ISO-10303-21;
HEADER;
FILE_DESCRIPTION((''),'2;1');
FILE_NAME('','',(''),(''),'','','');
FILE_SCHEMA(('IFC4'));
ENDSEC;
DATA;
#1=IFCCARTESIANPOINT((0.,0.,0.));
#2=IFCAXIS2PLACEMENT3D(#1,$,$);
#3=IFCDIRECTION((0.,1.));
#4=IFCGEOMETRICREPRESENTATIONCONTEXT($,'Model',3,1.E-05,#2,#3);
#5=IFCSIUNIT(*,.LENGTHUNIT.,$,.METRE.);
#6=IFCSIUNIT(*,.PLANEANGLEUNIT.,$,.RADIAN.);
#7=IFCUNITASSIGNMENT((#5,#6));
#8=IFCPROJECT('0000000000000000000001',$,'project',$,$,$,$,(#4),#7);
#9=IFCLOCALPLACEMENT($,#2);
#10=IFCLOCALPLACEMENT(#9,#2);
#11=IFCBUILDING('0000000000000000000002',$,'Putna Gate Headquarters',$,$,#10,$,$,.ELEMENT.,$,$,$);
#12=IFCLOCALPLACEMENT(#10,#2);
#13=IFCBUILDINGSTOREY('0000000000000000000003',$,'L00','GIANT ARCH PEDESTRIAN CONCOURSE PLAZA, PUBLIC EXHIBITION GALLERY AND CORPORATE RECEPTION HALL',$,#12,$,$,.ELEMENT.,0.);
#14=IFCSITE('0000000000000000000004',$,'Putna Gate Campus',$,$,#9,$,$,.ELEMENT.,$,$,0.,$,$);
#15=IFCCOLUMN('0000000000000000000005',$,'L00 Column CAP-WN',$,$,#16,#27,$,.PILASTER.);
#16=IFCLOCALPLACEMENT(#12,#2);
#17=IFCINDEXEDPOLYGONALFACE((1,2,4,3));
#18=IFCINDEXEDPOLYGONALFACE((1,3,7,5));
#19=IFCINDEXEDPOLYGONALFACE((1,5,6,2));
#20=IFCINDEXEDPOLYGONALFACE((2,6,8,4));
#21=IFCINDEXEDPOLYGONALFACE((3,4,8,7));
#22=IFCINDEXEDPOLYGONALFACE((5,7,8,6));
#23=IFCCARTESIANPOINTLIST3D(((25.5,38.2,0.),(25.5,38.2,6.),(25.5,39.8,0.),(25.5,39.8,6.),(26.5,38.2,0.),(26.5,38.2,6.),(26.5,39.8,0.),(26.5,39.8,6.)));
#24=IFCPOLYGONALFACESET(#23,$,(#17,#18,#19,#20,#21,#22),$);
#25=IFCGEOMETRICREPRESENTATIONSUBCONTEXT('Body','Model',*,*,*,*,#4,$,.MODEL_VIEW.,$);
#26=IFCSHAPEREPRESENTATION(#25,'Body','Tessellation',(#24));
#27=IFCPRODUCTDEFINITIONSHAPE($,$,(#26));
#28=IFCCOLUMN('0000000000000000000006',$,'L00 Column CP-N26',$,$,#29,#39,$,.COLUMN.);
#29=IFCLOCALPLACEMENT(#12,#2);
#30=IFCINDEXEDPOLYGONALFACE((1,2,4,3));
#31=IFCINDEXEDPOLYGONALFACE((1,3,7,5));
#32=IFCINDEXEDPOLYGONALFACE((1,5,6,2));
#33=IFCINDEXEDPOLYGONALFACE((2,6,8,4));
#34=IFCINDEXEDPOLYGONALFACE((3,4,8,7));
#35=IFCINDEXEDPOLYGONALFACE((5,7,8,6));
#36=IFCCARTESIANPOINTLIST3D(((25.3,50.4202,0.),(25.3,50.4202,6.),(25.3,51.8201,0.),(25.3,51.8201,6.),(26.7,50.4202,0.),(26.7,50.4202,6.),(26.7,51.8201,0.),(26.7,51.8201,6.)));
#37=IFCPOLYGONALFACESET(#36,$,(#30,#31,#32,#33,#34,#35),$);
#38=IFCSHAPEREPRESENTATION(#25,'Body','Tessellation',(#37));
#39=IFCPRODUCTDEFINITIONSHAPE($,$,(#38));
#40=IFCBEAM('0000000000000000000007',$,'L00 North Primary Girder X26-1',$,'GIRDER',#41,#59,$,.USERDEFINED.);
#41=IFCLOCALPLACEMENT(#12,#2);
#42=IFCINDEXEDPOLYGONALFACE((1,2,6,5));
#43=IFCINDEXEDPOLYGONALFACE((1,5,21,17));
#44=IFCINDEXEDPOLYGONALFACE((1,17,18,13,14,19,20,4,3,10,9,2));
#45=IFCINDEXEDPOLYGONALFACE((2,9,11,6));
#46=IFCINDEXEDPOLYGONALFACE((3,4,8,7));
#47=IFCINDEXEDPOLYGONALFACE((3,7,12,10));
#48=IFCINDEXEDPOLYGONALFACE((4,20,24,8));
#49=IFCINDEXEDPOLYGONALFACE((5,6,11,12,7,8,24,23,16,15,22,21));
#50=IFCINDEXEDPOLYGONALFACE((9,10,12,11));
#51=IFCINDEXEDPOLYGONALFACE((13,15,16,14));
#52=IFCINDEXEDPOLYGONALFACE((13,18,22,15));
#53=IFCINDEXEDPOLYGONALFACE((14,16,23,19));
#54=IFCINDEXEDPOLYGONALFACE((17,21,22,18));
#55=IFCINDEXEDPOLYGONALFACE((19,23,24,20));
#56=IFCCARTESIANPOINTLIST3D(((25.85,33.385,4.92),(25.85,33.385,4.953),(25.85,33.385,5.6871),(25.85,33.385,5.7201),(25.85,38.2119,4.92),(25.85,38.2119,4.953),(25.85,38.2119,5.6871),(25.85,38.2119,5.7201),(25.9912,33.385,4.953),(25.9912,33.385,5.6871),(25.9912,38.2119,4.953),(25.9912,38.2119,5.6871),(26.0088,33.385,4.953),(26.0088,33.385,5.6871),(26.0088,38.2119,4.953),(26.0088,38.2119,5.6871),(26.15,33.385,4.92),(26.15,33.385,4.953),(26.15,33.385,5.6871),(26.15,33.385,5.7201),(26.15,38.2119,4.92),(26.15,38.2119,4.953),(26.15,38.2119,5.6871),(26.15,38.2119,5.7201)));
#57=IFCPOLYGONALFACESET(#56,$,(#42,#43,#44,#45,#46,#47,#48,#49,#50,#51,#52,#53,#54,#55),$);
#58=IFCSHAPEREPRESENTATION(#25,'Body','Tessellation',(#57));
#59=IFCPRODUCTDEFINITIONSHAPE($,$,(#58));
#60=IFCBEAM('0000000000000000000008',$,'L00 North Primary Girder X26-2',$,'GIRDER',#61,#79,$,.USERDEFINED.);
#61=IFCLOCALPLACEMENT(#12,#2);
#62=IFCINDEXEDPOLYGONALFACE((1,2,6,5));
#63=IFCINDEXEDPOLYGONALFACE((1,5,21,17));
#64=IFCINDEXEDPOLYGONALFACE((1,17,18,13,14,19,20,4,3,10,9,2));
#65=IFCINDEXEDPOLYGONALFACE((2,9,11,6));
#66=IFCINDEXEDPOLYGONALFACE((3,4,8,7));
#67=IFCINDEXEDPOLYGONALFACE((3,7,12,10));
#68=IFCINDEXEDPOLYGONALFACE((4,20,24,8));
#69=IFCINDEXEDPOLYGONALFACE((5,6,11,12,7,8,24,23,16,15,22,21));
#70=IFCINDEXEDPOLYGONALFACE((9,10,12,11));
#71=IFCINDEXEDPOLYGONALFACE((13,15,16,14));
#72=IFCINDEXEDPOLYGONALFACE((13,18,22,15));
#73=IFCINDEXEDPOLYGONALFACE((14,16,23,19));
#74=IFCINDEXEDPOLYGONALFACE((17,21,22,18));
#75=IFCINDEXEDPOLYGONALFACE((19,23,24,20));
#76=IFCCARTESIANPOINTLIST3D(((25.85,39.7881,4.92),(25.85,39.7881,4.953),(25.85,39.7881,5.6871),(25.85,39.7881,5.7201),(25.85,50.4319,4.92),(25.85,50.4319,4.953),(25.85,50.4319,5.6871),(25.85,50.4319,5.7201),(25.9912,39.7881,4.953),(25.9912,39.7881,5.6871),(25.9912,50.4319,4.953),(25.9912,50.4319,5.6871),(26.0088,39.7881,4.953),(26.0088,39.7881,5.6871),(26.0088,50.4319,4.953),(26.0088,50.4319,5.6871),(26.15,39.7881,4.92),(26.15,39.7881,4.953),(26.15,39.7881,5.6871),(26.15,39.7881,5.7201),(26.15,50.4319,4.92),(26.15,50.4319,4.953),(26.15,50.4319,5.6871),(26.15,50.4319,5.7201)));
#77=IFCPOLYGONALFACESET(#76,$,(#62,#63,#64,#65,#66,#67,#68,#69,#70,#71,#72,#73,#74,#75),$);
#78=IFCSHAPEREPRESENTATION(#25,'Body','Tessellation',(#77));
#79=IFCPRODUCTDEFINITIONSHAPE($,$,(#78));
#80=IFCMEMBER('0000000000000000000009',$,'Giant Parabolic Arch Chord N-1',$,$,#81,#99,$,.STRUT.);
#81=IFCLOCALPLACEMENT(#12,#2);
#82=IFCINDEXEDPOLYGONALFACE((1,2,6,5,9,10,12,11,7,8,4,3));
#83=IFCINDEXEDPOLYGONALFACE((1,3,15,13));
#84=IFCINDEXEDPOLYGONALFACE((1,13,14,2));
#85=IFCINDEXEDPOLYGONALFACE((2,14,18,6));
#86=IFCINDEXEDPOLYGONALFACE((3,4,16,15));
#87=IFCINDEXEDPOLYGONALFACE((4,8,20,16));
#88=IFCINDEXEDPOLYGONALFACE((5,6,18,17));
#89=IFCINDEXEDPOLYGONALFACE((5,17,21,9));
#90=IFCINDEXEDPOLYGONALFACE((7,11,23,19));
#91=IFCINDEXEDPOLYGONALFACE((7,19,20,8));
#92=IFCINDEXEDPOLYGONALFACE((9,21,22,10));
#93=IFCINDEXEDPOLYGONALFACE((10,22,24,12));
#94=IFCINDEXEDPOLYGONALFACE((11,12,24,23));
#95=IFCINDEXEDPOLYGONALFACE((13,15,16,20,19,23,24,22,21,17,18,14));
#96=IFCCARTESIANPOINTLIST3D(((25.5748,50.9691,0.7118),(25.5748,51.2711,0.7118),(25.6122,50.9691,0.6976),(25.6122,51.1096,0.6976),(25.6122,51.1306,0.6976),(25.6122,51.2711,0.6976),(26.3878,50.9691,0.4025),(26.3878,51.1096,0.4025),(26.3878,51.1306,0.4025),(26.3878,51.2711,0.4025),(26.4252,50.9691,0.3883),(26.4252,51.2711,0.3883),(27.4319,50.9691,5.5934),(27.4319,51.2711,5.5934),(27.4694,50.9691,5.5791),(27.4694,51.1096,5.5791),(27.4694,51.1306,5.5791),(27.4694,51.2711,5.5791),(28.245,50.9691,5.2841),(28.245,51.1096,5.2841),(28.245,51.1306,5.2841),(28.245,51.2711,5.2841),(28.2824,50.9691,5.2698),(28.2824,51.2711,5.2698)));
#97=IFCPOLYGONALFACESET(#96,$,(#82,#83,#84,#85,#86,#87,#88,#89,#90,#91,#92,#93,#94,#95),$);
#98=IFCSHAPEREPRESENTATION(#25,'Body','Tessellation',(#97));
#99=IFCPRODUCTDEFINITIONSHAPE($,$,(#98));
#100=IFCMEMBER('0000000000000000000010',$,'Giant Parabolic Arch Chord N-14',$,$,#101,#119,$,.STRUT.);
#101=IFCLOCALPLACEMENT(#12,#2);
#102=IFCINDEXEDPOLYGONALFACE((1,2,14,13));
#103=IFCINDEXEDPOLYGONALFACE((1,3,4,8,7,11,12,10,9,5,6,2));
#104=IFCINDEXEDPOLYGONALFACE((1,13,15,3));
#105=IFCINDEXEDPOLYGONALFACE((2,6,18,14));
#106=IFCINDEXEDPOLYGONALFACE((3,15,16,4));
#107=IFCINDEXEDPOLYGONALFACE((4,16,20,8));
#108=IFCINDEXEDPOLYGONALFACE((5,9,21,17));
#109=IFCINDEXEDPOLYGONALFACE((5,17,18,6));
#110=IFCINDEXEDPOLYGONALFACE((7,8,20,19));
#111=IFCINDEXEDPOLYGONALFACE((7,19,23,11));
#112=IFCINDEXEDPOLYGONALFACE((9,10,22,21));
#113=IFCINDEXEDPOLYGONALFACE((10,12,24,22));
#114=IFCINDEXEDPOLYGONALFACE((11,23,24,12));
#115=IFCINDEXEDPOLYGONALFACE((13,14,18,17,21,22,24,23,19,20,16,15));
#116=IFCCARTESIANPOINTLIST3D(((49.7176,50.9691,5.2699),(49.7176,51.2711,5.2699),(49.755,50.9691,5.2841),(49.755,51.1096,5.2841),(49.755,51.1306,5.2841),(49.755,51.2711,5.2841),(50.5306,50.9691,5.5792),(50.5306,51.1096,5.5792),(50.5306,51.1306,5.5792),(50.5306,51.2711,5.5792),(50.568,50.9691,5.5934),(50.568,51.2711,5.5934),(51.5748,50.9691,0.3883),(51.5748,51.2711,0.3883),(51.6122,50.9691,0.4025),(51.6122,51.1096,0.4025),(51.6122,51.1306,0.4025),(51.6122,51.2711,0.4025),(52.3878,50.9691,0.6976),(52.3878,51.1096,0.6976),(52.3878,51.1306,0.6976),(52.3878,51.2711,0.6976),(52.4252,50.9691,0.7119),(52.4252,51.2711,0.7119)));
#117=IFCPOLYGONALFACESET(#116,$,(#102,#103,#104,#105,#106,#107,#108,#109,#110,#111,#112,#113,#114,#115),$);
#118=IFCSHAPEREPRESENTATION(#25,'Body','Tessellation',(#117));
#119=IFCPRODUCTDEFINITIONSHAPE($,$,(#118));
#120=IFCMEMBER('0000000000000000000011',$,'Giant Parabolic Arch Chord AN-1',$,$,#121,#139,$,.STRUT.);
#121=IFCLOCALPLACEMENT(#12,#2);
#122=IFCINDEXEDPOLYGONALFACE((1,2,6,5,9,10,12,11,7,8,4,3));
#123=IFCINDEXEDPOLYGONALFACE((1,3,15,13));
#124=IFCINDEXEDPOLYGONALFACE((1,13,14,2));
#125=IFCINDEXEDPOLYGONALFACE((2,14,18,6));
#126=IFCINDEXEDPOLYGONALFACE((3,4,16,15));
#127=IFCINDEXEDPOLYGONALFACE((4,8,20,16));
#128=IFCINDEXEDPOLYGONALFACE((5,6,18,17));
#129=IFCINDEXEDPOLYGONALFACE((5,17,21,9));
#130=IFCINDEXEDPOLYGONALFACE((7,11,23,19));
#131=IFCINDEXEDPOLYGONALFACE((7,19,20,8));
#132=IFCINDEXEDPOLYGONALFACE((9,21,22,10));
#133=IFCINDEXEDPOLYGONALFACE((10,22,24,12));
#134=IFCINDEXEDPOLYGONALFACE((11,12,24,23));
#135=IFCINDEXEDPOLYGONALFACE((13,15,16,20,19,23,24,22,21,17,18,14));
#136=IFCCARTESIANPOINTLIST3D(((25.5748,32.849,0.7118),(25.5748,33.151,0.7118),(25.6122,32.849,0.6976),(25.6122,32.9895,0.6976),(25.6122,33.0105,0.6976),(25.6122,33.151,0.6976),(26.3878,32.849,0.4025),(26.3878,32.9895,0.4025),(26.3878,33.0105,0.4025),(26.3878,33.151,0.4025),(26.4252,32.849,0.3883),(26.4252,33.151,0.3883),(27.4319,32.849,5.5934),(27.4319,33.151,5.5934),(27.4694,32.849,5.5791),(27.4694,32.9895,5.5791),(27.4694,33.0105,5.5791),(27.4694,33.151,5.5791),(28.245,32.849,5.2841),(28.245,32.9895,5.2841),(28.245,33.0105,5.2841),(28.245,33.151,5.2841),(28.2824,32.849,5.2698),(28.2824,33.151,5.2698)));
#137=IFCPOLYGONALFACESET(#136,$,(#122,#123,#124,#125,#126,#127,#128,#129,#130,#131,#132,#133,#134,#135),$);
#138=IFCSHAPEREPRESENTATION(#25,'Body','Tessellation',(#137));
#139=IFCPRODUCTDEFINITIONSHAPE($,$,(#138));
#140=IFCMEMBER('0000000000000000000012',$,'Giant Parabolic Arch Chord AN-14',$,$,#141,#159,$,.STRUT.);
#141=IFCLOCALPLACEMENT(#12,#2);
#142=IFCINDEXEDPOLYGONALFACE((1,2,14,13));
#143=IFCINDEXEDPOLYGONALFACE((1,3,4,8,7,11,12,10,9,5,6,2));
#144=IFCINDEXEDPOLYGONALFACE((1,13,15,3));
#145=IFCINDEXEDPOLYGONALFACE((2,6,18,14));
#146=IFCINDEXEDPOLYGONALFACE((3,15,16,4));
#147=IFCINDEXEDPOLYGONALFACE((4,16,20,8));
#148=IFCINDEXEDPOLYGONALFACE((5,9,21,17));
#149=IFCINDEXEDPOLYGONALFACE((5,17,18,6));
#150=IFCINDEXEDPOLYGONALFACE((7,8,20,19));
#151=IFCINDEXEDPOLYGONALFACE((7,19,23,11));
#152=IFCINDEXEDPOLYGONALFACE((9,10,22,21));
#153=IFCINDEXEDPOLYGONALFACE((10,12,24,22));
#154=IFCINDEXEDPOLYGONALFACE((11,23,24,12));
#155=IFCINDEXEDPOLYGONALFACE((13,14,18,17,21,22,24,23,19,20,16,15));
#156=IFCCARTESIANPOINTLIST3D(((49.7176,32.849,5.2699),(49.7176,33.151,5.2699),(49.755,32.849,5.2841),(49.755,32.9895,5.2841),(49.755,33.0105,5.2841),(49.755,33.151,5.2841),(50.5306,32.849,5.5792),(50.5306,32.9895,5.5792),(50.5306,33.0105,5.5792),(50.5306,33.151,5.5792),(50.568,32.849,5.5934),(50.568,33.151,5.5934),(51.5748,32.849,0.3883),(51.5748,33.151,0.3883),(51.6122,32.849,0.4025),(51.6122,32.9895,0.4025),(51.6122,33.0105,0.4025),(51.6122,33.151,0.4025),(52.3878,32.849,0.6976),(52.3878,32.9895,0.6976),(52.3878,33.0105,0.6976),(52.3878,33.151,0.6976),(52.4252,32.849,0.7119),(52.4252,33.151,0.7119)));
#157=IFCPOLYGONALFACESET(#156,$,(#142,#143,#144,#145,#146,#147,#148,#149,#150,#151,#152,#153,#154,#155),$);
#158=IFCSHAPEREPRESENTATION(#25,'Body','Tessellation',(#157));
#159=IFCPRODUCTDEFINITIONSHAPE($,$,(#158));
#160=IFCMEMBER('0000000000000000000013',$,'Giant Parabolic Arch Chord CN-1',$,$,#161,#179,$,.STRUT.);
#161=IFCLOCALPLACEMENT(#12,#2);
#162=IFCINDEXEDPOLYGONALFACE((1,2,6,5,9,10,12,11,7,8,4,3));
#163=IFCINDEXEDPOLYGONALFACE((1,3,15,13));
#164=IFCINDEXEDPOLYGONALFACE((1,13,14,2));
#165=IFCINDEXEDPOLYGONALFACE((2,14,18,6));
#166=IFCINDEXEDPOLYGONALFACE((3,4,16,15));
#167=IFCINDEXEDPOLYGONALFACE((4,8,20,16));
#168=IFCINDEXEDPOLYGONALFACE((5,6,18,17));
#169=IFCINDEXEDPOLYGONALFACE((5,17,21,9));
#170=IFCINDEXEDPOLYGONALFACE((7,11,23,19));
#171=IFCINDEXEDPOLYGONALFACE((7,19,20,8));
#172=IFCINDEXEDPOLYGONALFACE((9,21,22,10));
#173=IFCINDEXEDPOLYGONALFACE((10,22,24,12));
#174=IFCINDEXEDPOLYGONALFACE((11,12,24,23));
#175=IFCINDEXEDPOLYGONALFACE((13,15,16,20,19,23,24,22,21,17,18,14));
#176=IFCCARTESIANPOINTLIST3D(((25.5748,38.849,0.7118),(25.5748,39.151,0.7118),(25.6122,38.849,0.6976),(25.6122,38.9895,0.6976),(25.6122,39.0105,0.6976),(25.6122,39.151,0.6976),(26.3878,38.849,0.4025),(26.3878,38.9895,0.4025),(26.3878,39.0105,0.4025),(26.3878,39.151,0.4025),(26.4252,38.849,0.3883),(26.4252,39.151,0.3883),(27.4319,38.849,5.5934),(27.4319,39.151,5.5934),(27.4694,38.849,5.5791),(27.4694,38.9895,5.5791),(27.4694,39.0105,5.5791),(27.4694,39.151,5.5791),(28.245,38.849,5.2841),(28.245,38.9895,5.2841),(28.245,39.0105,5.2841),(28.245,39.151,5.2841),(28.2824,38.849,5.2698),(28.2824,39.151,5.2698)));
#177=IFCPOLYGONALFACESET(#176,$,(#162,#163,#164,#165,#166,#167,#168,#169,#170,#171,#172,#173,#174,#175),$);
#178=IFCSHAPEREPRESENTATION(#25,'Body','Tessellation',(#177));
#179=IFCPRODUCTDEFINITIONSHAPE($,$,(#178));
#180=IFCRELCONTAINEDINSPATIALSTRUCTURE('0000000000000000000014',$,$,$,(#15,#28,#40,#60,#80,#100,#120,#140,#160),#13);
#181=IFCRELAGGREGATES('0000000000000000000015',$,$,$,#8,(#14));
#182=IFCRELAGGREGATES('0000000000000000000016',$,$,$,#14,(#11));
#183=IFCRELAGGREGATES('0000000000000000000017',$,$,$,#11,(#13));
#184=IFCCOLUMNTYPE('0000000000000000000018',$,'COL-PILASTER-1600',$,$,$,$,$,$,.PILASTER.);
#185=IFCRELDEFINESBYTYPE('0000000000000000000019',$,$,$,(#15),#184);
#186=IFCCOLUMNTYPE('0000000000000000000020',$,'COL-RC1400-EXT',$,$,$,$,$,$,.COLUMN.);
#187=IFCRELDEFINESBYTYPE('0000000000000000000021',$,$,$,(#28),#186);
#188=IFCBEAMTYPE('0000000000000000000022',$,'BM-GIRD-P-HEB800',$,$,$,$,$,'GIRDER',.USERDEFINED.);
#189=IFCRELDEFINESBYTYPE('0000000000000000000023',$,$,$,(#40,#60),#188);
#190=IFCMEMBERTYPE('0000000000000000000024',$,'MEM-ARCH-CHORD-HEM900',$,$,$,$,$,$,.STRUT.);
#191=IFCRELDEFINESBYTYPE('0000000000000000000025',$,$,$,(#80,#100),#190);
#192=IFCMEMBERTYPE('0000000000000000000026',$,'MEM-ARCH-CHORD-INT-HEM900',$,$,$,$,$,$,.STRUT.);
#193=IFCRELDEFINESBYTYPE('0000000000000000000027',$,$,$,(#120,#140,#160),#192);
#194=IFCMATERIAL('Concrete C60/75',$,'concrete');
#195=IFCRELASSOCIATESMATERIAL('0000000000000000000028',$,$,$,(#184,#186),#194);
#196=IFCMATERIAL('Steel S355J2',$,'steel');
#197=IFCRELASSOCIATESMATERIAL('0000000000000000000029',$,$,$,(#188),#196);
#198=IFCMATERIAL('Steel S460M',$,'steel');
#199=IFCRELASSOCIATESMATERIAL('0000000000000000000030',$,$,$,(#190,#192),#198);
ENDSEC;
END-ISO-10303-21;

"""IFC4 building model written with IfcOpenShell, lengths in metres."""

from ifc_helpers import new_model, si_unit, direction, frame, origin, origin_2d, place, context, subcontext, project, spatial, rectangle, i_section, extrude, material, material_profile, profile_set, type_object, element, save


model = new_model("IFC4")

# Units and contexts
model_context = context("Model", 3, precision=1e-05, world=origin(), true_north=direction((0.0, 1.0)))
body_context = subcontext(model_context, "Body", "Model", "MODEL_VIEW")
ifc_project = project(units=[si_unit("LENGTHUNIT", "METRE"), si_unit("PLANEANGLEUNIT", "RADIAN")], contexts=[model_context])

# Site, building, storey
site_placement = place(None, origin())
site = spatial("IfcSite", under=ifc_project, at=site_placement, Name="Putna Gate Campus", CompositionType="ELEMENT", RefElevation=0.0)
building_placement = place(site_placement, origin())
building = spatial("IfcBuilding", under=site, at=building_placement, Name="Putna Gate Headquarters", CompositionType="ELEMENT")
storey_placement = place(building_placement, origin())
storey = spatial("IfcBuildingStorey", under=building, at=storey_placement, Name="L00", Description="GIANT ARCH PEDESTRIAN CONCOURSE PLAZA, PUBLIC EXHIBITION GALLERY AND CORPORATE RECEPTION HALL", CompositionType="ELEMENT", Elevation=0.0)

# Columns
ifc_material_1 = material(Name="Concrete C60/75", Category="concrete")
ifc_material_profile_1 = material_profile(ifc_material_1, rectangle(XDim=1.0, YDim=1.6001, at=origin_2d()), Name="Concrete C60/75")
ifc_profile_set_1 = profile_set([ifc_material_profile_1], Name="Concrete C60/75")
column_type_1 = type_object("IfcColumnType", Name="COL-PILASTER-1600", PredefinedType="PILASTER", material=ifc_profile_set_1)
column_1_placement = place(storey_placement, frame((26.0, 39.0, 0.0), z_axis=(0.0, 0.0, 1.0), x_axis=(1.0, 0.0, 0.0)))
element("IfcColumn", 1, at=column_1_placement, inside=storey, type_object=column_type_1, Name="L00 Column CAP-WN", PredefinedType="PILASTER", context=body_context, shape_type="SweptSolid", body=[
    extrude(rectangle(XDim=1.0, YDim=1.6001, at=origin_2d()), origin(), (0.0, 0.0, 1.0), 6.0),
])
ifc_material_profile_2 = material_profile(ifc_material_1, rectangle(XDim=1.3999, YDim=1.3999, at=origin_2d()), Name="Concrete C60/75")
ifc_profile_set_2 = profile_set([ifc_material_profile_2], Name="Concrete C60/75")
column_type_2 = type_object("IfcColumnType", Name="COL-RC1400-EXT", PredefinedType="COLUMN", material=ifc_profile_set_2)
column_2_placement = place(storey_placement, frame((26.0, 51.1201, 0.0), z_axis=(0.0, 0.0, 1.0), x_axis=(1.0, 0.0, 0.0)))
element("IfcColumn", 2, at=column_2_placement, inside=storey, type_object=column_type_2, Name="L00 Column CP-N26", PredefinedType="COLUMN", context=body_context, shape_type="SweptSolid", body=[
    extrude(rectangle(XDim=1.3999, YDim=1.3999, at=origin_2d()), origin(), (0.0, 0.0, 1.0), 6.0),
])

# Beams
ifc_material_2 = material(Name="Steel S355J2", Category="steel")
ifc_material_profile_3 = material_profile(ifc_material_2, i_section(OverallWidth=0.3, OverallDepth=0.8, WebThickness=0.0176, FlangeThickness=0.033, at=origin_2d()), Name="Steel S355J2")
ifc_profile_set_3 = profile_set([ifc_material_profile_3], Name="Steel S355J2")
beam_type = type_object("IfcBeamType", Name="BM-GIRD-P-HEB800", ElementType="GIRDER", PredefinedType="USERDEFINED", material=ifc_profile_set_3)
beam_1_placement = place(storey_placement, frame((26.0, 33.385, 5.3201), z_axis=(0.0, 1.0, 0.0), x_axis=(-1.0, 0.0, 0.0)))
element("IfcBeam", 3, at=beam_1_placement, inside=storey, type_object=beam_type, Name="L00 North Primary Girder X26-1", ObjectType="GIRDER", PredefinedType="USERDEFINED", context=body_context, shape_type="SweptSolid", body=[
    extrude(i_section(OverallWidth=0.3, OverallDepth=0.8, WebThickness=0.0176, FlangeThickness=0.033, at=origin_2d()), origin(), (0.0, 0.0, 1.0), 4.8269),
])
beam_2_placement = place(storey_placement, frame((26.0, 39.7881, 5.3201), z_axis=(0.0, 1.0, 0.0), x_axis=(-1.0, 0.0, 0.0)))
element("IfcBeam", 4, at=beam_2_placement, inside=storey, type_object=beam_type, Name="L00 North Primary Girder X26-2", ObjectType="GIRDER", PredefinedType="USERDEFINED", context=body_context, shape_type="SweptSolid", body=[
    extrude(i_section(OverallWidth=0.3, OverallDepth=0.8, WebThickness=0.0176, FlangeThickness=0.033, at=origin_2d()), origin(), (0.0, 0.0, 1.0), 10.6438),
])

# Members
ifc_material_3 = material(Name="Steel S460M", Category="steel")
ifc_material_profile_4 = material_profile(ifc_material_3, i_section(OverallWidth=0.302, OverallDepth=0.9099, WebThickness=0.021, FlangeThickness=0.04, at=origin_2d()), Name="Steel S460M")
ifc_profile_set_4 = profile_set([ifc_material_profile_4], Name="Steel S460M")
member_type_1 = type_object("IfcMemberType", Name="MEM-ARCH-CHORD-HEM900", PredefinedType="STRUT", material=ifc_profile_set_4)
for number, where, z_axis, x_axis, name in (
    (5, (26.0, 51.1201, 0.55), (0.355581, 0.0, 0.934645), (0.0, 1.0, 0.0), "Giant Parabolic Arch Chord N-1"),
    (6, (50.1428, 51.1201, 5.4316), (0.355581, 0.0, -0.934645), (0.0, 1.0, 0.0), "Giant Parabolic Arch Chord N-14"),
):
    element("IfcMember", number, at=place(storey_placement, frame(where, z_axis=z_axis, x_axis=x_axis)), inside=storey, type_object=member_type_1, Name=name, PredefinedType="STRUT", context=body_context, shape_type="SweptSolid", body=[
        extrude(i_section(OverallWidth=0.302, OverallDepth=0.9099, WebThickness=0.021, FlangeThickness=0.04, at=origin_2d()), origin(), (0.0, 0.0, 1.0), 5.2229),
    ])
ifc_material_profile_5 = material_profile(ifc_material_3, i_section(OverallWidth=0.302, OverallDepth=0.9099, WebThickness=0.021, FlangeThickness=0.04, at=origin_2d()), Name="Steel S460M")
ifc_profile_set_5 = profile_set([ifc_material_profile_5], Name="Steel S460M")
member_type_2 = type_object("IfcMemberType", Name="MEM-ARCH-CHORD-INT-HEM900", PredefinedType="STRUT", material=ifc_profile_set_5)
for number, where, z_axis, x_axis, name in (
    (7, (26.0, 33.0, 0.55), (0.355581, 0.0, 0.934645), (0.0, 1.0, 0.0), "Giant Parabolic Arch Chord AN-1"),
    (8, (50.1428, 33.0, 5.4316), (0.355581, 0.0, -0.934645), (0.0, 1.0, 0.0), "Giant Parabolic Arch Chord AN-14"),
    (9, (26.0, 39.0, 0.55), (0.355581, 0.0, 0.934645), (0.0, 1.0, 0.0), "Giant Parabolic Arch Chord CN-1"),
):
    element("IfcMember", number, at=place(storey_placement, frame(where, z_axis=z_axis, x_axis=x_axis)), inside=storey, type_object=member_type_2, Name=name, PredefinedType="STRUT", context=body_context, shape_type="SweptSolid", body=[
        extrude(i_section(OverallWidth=0.302, OverallDepth=0.9099, WebThickness=0.021, FlangeThickness=0.04, at=origin_2d()), origin(), (0.0, 0.0, 1.0), 5.2229),
    ])

save(model, "model.ifc")
